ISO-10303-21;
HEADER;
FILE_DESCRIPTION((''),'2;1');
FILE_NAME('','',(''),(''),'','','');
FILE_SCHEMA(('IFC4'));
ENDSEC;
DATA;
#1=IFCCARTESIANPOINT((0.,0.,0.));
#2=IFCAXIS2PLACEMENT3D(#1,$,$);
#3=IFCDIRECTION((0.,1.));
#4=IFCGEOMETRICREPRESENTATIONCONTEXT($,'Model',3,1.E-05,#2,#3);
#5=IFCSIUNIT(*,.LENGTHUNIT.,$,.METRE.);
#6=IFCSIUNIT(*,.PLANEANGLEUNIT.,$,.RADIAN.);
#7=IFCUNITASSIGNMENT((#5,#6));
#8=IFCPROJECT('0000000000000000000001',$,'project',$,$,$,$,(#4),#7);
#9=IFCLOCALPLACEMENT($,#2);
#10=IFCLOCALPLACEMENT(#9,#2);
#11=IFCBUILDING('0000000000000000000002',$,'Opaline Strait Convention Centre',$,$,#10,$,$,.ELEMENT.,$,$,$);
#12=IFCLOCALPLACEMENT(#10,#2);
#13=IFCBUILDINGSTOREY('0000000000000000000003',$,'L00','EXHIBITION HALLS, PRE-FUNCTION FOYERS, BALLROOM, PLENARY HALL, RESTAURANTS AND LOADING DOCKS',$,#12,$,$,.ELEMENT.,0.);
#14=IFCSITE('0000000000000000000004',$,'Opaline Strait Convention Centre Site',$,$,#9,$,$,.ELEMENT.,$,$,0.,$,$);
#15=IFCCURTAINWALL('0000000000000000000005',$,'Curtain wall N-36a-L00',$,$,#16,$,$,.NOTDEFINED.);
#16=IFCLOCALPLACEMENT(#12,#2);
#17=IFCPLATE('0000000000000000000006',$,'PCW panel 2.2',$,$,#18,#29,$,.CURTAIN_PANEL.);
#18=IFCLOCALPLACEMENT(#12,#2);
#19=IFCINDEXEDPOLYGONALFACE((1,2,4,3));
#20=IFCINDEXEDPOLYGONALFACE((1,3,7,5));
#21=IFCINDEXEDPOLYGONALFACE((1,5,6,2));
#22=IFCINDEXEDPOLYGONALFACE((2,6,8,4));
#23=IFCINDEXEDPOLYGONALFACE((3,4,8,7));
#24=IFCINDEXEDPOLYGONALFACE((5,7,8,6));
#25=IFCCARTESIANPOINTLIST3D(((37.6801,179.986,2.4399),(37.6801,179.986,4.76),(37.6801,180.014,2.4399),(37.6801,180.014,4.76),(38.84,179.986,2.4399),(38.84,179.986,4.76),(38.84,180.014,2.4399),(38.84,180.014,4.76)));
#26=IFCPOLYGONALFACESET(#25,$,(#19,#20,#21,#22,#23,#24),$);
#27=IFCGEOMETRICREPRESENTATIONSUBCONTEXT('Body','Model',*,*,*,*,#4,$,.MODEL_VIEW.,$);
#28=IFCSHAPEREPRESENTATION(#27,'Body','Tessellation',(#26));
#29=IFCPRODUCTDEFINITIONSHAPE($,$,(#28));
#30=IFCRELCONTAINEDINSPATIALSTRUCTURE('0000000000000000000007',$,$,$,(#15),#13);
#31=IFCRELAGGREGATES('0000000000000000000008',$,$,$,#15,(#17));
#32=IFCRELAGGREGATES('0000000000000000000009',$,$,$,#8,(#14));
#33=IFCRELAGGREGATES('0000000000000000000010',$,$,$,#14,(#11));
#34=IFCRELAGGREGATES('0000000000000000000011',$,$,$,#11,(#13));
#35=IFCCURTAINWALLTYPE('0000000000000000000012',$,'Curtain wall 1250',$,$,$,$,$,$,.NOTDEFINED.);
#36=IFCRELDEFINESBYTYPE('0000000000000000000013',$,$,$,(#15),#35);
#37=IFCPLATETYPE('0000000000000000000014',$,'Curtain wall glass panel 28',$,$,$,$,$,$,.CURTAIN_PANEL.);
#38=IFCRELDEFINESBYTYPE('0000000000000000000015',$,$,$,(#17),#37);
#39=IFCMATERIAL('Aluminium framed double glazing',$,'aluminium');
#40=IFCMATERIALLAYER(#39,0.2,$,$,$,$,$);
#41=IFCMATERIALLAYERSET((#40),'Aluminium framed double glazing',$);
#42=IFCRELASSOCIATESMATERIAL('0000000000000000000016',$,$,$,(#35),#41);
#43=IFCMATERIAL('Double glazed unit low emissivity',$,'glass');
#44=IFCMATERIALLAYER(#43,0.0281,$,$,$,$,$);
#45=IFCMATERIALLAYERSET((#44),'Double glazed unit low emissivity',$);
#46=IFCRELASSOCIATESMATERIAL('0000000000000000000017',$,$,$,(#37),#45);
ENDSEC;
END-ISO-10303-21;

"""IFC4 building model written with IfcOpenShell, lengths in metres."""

from ifc_helpers import new_model, si_unit, direction, frame, origin, origin_2d, place, context, subcontext, project, spatial, rectangle, extrude, material, layer, layer_set, type_object, element, aggregate, save


model = new_model("IFC4")

# Units and contexts
model_context = context("Model", 3, precision=1e-05, world=origin(), true_north=direction((0.0, 1.0)))
body_context = subcontext(model_context, "Body", "Model", "MODEL_VIEW")
ifc_project = project(units=[si_unit("LENGTHUNIT", "METRE"), si_unit("PLANEANGLEUNIT", "RADIAN")], contexts=[model_context])

# Site, building, storey
site_placement = place(None, origin())
site = spatial("IfcSite", under=ifc_project, at=site_placement, Name="Opaline Strait Convention Centre Site", CompositionType="ELEMENT", RefElevation=0.0)
building_placement = place(site_placement, origin())
building = spatial("IfcBuilding", under=site, at=building_placement, Name="Opaline Strait Convention Centre", CompositionType="ELEMENT")
storey_placement = place(building_placement, origin())
storey = spatial("IfcBuildingStorey", under=building, at=storey_placement, Name="L00", Description="EXHIBITION HALLS, PRE-FUNCTION FOYERS, BALLROOM, PLENARY HALL, RESTAURANTS AND LOADING DOCKS", CompositionType="ELEMENT", Elevation=0.0)

# Shared definitions
ifc_material_1 = material(Name="Aluminium framed double glazing", Category="aluminium")
ifc_layer_1 = layer(ifc_material_1, 0.2)
ifc_layer_set_1 = layer_set([ifc_layer_1], Name="Aluminium framed double glazing")
curtain_wall_type = type_object("IfcCurtainWallType", Name="Curtain wall 1250", PredefinedType="NOTDEFINED", material=ifc_layer_set_1)

# Curtain wall
curtain_wall_1_placement = place(storey_placement, origin())
curtain_wall_1 = element("IfcCurtainWall", 1, at=curtain_wall_1_placement, inside=storey, type_object=curtain_wall_type, Name="Curtain wall N-36a-L00", PredefinedType="NOTDEFINED")

# Plate
ifc_material_2 = material(Name="Double glazed unit low emissivity", Category="glass")
ifc_layer_2 = layer(ifc_material_2, 0.0281)
ifc_layer_set_2 = layer_set([ifc_layer_2], Name="Double glazed unit low emissivity")
plate_type = type_object("IfcPlateType", Name="Curtain wall glass panel 28", PredefinedType="CURTAIN_PANEL", material=ifc_layer_set_2)
plate_1_placement = place(storey_placement, frame((38.26, 180.0, 2.4399), z_axis=(0.0, 0.0, 1.0), x_axis=(1.0, 0.0, 0.0)))
plate_1 = element("IfcPlate", 2, at=plate_1_placement, type_object=plate_type, Name="PCW panel 2.2", PredefinedType="CURTAIN_PANEL", context=body_context, shape_type="SweptSolid", body=[
    extrude(rectangle(XDim=1.1599, YDim=0.0281, at=origin_2d()), origin(), (0.0, 0.0, 1.0), 2.3201),
])
aggregate(curtain_wall_1, [plate_1])

save(model, "model.ifc")
